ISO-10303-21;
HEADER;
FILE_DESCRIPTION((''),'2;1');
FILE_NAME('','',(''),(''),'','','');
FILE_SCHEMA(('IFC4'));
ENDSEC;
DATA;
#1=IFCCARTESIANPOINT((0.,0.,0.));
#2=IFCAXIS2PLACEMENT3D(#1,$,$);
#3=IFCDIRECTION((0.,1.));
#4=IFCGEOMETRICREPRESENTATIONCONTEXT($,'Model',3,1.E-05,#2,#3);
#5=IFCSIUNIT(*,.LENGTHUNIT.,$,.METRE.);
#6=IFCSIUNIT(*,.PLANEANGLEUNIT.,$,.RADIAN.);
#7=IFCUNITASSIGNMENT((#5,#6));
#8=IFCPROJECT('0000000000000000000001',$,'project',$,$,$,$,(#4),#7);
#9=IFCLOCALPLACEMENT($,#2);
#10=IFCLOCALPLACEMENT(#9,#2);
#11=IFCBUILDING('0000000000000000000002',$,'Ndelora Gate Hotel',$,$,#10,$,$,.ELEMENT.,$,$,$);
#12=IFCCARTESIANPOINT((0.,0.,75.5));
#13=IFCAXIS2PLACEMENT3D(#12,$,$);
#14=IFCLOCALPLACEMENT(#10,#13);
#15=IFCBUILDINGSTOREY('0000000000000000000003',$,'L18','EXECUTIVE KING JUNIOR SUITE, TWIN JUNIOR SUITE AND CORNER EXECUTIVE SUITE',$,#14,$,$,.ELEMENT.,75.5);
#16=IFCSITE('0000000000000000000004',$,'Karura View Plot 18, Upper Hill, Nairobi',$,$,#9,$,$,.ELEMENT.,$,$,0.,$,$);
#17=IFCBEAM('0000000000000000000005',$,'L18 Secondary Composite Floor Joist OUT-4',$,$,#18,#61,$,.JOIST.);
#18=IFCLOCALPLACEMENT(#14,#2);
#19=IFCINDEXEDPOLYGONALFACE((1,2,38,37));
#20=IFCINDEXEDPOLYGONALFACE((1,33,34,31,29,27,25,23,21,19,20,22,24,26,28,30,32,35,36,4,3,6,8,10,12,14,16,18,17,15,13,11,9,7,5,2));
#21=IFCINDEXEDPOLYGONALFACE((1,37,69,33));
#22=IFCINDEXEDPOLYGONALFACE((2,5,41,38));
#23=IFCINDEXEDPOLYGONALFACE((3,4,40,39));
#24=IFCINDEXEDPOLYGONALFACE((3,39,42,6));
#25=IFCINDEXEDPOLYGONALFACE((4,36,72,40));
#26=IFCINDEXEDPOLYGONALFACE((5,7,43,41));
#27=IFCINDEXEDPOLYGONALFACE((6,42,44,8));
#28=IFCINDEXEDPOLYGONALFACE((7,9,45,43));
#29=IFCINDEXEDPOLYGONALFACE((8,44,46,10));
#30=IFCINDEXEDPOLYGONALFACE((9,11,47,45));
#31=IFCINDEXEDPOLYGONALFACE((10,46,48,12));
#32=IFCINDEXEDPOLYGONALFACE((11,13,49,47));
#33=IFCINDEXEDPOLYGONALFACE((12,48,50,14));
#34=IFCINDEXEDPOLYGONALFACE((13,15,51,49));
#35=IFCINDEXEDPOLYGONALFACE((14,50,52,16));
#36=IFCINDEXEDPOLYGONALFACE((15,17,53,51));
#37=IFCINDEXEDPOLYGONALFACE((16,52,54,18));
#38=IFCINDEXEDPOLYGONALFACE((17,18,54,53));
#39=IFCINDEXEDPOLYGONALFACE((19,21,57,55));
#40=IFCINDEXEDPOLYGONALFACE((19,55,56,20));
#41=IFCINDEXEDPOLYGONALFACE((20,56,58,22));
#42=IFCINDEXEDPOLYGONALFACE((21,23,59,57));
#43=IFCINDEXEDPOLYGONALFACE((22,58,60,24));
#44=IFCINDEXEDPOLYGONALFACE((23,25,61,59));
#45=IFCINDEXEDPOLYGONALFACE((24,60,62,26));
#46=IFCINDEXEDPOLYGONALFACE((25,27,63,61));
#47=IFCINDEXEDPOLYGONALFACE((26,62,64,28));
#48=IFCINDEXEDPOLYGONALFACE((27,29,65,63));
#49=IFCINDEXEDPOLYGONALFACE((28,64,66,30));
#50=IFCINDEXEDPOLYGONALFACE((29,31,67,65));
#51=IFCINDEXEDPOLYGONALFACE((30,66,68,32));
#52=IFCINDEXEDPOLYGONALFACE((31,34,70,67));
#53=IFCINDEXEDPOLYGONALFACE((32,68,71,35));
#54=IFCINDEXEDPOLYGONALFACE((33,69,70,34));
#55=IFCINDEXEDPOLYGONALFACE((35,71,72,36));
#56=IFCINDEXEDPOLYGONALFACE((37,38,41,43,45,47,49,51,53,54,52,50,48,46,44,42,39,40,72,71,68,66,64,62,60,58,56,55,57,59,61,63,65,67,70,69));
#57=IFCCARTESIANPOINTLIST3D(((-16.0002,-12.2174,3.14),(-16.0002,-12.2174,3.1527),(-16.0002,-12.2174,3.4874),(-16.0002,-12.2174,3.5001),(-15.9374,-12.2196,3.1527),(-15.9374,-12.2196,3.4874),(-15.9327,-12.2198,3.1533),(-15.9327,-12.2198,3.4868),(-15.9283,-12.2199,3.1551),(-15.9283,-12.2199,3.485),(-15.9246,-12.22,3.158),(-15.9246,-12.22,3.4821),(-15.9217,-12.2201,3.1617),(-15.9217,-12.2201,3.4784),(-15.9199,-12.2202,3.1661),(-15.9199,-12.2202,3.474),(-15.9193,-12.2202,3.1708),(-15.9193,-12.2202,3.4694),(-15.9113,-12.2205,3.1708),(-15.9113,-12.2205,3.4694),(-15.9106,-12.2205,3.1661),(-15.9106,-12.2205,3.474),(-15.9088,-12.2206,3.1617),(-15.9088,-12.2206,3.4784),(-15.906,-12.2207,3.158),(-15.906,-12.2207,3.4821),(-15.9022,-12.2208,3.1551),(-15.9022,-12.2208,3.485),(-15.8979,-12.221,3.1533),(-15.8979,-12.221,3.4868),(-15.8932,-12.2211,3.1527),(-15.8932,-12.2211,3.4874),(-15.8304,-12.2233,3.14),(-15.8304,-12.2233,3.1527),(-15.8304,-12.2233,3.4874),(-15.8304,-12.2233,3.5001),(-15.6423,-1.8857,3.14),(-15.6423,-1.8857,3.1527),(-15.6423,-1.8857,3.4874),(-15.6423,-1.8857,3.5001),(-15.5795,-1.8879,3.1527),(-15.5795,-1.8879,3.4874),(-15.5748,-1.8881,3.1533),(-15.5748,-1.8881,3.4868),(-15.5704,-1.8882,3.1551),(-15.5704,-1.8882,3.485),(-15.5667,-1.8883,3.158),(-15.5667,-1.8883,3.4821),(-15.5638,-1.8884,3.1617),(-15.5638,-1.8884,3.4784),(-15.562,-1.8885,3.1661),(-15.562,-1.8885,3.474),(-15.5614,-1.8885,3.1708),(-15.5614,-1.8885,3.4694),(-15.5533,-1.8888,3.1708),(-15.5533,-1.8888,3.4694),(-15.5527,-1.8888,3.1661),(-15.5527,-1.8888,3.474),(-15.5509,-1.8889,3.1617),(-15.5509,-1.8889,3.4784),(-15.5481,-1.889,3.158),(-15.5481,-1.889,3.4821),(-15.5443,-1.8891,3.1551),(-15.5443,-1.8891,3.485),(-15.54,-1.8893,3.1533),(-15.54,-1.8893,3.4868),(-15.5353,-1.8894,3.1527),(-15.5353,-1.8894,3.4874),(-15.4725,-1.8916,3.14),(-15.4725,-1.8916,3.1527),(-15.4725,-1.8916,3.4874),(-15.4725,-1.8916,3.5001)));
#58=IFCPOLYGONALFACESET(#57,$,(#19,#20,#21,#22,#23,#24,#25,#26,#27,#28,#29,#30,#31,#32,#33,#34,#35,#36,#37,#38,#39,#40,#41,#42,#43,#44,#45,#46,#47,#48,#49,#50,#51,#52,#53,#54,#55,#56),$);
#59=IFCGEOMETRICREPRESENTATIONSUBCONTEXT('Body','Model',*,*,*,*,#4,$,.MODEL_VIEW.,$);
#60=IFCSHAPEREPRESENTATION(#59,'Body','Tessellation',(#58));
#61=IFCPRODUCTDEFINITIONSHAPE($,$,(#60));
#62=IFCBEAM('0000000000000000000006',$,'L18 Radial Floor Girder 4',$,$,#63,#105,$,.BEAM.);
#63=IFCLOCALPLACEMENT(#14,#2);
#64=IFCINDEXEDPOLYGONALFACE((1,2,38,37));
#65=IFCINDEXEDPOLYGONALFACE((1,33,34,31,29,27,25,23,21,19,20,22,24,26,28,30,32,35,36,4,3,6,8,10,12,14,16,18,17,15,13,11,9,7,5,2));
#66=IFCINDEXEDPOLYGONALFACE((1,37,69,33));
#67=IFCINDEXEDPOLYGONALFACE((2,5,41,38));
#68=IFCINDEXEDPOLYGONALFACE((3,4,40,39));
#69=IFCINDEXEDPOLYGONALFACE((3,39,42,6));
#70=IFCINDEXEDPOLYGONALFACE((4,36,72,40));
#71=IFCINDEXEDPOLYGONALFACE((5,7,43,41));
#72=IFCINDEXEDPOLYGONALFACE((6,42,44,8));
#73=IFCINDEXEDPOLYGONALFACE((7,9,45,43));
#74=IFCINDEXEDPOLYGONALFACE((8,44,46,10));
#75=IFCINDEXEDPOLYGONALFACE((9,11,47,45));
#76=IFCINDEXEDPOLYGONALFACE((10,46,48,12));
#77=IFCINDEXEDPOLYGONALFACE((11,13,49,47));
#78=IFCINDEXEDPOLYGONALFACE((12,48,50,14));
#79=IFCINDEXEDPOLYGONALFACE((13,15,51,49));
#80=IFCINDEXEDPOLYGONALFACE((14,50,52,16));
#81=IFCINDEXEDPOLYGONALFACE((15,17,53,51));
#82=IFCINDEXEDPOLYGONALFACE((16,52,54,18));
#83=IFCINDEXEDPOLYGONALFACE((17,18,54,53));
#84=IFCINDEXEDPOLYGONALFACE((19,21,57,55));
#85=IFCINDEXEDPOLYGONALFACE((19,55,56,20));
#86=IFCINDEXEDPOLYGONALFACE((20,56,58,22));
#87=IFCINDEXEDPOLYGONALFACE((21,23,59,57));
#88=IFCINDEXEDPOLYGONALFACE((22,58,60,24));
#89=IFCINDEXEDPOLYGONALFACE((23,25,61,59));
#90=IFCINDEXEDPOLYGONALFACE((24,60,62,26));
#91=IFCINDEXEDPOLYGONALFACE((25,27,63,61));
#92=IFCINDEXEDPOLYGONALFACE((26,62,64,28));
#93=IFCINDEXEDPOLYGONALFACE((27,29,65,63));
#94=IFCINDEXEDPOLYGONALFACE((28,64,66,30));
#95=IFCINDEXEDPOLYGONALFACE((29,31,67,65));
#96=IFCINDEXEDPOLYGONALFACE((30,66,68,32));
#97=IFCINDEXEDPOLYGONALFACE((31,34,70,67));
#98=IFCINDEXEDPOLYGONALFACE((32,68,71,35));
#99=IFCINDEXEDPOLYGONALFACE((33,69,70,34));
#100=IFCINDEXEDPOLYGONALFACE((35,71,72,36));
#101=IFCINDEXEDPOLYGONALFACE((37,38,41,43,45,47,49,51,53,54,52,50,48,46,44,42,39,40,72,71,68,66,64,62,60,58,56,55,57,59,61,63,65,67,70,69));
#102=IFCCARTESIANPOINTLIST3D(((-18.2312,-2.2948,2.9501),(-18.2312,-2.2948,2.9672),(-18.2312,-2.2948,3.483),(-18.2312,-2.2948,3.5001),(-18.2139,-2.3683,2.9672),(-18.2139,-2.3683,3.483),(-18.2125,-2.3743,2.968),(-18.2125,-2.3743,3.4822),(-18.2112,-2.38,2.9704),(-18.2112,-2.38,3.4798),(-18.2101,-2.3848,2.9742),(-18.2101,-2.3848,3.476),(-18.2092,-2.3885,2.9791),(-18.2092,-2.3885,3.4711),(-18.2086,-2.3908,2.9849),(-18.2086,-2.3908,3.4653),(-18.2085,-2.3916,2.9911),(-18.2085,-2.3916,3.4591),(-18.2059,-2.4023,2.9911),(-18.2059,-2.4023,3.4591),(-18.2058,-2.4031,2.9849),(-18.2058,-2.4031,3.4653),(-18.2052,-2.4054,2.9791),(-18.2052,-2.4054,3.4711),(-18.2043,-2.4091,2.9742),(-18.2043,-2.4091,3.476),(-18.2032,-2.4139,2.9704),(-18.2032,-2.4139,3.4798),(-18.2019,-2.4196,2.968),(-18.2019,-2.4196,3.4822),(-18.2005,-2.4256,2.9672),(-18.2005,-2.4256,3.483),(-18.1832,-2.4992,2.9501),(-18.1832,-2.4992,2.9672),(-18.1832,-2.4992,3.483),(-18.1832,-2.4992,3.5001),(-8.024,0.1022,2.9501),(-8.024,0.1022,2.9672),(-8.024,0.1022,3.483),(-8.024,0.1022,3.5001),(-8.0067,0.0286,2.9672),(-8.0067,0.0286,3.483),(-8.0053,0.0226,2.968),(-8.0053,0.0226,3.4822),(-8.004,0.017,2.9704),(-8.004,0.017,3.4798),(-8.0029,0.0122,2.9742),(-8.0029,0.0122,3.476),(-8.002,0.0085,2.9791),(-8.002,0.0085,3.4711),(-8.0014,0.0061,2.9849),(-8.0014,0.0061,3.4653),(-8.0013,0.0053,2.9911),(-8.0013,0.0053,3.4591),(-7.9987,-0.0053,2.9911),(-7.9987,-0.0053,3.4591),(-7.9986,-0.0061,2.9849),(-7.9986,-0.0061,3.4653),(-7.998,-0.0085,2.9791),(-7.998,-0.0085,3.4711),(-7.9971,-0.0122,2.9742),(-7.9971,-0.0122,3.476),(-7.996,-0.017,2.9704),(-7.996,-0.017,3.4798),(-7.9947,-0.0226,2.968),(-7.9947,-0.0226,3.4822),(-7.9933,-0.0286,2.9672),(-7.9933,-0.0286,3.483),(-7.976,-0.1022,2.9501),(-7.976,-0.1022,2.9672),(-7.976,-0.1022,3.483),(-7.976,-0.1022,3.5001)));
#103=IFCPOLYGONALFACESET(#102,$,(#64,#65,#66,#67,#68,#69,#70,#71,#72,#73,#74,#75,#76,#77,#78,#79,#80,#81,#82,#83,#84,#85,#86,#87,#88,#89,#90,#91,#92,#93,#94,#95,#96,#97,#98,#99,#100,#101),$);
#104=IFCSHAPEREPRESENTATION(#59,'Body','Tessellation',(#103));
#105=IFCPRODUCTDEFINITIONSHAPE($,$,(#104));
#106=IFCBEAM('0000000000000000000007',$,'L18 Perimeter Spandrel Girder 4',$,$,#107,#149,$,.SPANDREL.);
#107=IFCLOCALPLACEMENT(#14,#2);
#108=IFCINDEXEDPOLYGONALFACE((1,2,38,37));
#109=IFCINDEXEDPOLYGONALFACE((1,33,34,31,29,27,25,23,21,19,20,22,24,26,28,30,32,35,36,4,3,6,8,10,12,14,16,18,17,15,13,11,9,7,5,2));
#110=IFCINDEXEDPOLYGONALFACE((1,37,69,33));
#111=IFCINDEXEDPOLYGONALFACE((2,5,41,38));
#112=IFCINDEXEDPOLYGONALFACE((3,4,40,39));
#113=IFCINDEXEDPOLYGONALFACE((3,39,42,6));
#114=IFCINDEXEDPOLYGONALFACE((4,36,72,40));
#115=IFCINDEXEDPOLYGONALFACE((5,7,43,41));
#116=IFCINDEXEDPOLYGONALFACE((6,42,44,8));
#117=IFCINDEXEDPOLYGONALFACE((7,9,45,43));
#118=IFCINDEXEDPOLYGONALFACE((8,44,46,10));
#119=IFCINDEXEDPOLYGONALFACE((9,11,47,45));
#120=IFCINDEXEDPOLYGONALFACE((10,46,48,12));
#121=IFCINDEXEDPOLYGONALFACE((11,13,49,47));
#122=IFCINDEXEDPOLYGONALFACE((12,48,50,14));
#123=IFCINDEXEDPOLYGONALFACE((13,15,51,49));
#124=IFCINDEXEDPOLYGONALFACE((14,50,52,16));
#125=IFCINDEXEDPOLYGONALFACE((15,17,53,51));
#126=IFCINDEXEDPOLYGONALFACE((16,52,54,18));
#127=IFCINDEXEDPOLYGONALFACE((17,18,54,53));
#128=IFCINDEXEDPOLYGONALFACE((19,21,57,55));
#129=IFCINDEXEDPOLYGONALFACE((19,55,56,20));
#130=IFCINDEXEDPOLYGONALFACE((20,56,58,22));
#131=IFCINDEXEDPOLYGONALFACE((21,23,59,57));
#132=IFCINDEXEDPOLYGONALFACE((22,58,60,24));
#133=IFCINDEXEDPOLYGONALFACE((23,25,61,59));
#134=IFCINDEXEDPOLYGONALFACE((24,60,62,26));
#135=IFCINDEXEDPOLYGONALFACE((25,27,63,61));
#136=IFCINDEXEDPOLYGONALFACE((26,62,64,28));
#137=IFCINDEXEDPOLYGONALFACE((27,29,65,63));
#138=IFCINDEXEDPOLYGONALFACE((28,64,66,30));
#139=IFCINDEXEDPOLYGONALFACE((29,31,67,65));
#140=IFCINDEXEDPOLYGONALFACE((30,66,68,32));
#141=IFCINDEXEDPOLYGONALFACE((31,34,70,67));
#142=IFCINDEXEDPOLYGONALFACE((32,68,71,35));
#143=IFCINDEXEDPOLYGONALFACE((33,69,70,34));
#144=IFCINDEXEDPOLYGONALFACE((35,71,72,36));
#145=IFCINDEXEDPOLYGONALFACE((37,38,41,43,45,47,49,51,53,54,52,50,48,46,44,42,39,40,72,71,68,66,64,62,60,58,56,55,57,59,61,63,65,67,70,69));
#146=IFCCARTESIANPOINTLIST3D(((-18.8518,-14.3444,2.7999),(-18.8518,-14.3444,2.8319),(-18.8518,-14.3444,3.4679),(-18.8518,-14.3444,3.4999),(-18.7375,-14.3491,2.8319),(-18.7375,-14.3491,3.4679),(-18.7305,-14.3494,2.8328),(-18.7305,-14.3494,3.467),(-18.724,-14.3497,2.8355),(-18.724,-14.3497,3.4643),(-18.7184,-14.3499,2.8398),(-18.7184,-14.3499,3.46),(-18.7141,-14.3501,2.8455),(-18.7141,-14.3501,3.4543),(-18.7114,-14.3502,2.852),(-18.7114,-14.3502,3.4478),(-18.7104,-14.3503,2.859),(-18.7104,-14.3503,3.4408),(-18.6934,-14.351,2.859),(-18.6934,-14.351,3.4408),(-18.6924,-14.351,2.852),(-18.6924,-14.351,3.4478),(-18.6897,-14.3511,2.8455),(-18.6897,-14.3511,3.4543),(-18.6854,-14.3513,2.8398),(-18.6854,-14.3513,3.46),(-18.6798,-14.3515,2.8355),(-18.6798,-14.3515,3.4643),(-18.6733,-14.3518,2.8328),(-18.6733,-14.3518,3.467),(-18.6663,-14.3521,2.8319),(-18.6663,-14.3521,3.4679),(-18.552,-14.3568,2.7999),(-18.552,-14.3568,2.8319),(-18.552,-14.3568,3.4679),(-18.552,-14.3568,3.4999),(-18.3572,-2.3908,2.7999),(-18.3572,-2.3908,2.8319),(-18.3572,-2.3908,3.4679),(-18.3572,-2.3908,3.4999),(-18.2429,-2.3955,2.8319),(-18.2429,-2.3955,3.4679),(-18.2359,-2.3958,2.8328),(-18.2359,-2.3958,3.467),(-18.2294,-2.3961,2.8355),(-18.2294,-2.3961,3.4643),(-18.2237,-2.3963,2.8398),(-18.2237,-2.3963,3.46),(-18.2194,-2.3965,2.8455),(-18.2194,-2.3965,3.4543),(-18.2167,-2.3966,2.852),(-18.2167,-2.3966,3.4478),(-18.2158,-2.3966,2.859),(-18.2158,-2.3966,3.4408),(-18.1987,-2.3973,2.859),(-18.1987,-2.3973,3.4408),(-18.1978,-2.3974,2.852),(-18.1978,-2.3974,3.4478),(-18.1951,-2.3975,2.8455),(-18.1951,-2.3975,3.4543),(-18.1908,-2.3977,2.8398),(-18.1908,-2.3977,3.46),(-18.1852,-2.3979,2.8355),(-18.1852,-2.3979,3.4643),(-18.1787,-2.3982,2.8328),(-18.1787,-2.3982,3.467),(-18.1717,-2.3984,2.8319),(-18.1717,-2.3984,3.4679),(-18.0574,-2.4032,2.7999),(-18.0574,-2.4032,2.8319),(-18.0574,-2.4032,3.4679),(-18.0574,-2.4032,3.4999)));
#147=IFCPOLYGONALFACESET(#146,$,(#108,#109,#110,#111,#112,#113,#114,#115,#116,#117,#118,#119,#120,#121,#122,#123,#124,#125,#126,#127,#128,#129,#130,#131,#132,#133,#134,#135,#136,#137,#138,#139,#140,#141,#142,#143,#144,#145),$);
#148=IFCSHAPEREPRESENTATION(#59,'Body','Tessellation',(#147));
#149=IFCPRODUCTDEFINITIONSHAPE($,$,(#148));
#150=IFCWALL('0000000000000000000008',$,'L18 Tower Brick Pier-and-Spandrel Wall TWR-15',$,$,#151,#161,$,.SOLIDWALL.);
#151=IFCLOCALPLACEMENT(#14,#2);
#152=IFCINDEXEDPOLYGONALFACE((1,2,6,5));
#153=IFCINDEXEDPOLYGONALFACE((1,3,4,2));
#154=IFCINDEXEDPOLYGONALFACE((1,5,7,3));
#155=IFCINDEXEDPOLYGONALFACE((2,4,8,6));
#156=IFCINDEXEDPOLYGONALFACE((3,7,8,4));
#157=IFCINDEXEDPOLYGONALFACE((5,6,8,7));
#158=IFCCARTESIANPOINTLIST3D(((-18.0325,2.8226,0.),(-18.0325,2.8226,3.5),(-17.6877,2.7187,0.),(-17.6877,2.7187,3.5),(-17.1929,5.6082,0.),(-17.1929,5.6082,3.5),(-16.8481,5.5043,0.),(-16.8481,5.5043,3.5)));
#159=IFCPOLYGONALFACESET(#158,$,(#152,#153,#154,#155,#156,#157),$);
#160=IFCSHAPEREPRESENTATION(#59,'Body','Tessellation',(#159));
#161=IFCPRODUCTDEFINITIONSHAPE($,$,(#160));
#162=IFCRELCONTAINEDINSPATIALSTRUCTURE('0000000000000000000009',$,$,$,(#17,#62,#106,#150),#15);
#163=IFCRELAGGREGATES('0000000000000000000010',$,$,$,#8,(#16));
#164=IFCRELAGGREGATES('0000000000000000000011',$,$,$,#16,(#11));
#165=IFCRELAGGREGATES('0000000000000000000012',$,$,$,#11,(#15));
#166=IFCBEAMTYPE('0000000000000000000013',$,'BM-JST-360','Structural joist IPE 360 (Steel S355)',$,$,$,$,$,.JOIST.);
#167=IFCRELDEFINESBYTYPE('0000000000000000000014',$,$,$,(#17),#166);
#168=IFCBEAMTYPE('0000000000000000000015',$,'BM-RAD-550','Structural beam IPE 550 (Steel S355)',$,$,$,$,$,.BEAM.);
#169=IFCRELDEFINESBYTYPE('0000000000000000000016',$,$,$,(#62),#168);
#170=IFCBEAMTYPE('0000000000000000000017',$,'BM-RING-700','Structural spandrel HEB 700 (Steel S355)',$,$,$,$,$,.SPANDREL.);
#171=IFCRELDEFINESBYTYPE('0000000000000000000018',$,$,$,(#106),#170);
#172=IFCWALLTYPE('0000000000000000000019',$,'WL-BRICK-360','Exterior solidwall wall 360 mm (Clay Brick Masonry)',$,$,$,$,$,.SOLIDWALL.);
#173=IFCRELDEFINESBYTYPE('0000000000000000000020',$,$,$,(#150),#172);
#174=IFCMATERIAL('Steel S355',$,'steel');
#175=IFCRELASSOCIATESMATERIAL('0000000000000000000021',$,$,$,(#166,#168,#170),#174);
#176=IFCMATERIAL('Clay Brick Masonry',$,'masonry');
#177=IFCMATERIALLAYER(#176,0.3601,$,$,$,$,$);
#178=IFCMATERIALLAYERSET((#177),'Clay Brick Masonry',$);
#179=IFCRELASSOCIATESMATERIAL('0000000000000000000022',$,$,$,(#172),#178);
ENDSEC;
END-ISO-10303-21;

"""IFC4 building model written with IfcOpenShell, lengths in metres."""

from ifc_helpers import new_model, si_unit, direction, frame, frame_2d, origin, origin_2d, place, context, subcontext, project, spatial, rectangle, i_section, extrude, material, layer, layer_set, material_profile, profile_set, type_object, element, save


model = new_model("IFC4")

# Units and contexts
model_context = context("Model", 3, precision=1e-05, world=origin(), true_north=direction((0.0, 1.0)))
body_context = subcontext(model_context, "Body", "Model", "MODEL_VIEW")
ifc_project = project(units=[si_unit("LENGTHUNIT", "METRE"), si_unit("PLANEANGLEUNIT", "RADIAN")], contexts=[model_context])

# Site, building, storey
site_placement = place(None, origin())
site = spatial("IfcSite", under=ifc_project, at=site_placement, Name="Karura View Plot 18, Upper Hill, Nairobi", CompositionType="ELEMENT", RefElevation=0.0)
building_placement = place(site_placement, origin())
building = spatial("IfcBuilding", under=site, at=building_placement, Name="Ndelora Gate Hotel", CompositionType="ELEMENT")
storey_placement = place(building_placement, frame((0.0, 0.0, 75.5)))
storey = spatial("IfcBuildingStorey", under=building, at=storey_placement, Name="L18", Description="EXECUTIVE KING JUNIOR SUITE, TWIN JUNIOR SUITE AND CORNER EXECUTIVE SUITE", CompositionType="ELEMENT", Elevation=75.5)

# Beams
ifc_material_1 = material(Name="Steel S355", Category="steel")
ifc_material_profile_1 = material_profile(ifc_material_1, i_section(OverallWidth=0.1699, OverallDepth=0.3601, WebThickness=0.0081, FlangeThickness=0.0127, FilletRadius=0.0181, at=origin_2d()), Name="IPE 360")
ifc_profile_set_1 = profile_set([ifc_material_profile_1], Name="Steel S355")
beam_type_1 = type_object("IfcBeamType", Name="BM-JST-360", Description="Structural joist IPE 360 (Steel S355)", PredefinedType="JOIST", material=ifc_profile_set_1)
beam_1_placement = place(storey_placement, frame((-15.5574, -1.8887, 3.3201), z_axis=(-0.034621, -0.999401, 0.0), x_axis=(0.999401, -0.034621, 0.0)))
element("IfcBeam", 1, at=beam_1_placement, inside=storey, type_object=beam_type_1, Name="L18 Secondary Composite Floor Joist OUT-4", PredefinedType="JOIST", context=body_context, shape_type="SweptSolid", body=[
    extrude(i_section(OverallWidth=0.1699, OverallDepth=0.3601, WebThickness=0.0081, FlangeThickness=0.0127, FilletRadius=0.0181, at=origin_2d()), origin(), (0.0, 0.0, 1.0), 10.3379),
])
ifc_material_profile_2 = material_profile(ifc_material_1, i_section(OverallWidth=0.21, OverallDepth=0.55, WebThickness=0.011, FlangeThickness=0.0171, FilletRadius=0.0239, at=origin_2d()), Name="IPE 550")
ifc_profile_set_2 = profile_set([ifc_material_profile_2], Name="Steel S355")
beam_type_2 = type_object("IfcBeamType", Name="BM-RAD-550", Description="Structural beam IPE 550 (Steel S355)", PredefinedType="BEAM", material=ifc_profile_set_2)
beam_2_placement = place(storey_placement, frame((-8.0, 0.0, 3.2251), z_axis=(-0.973518, -0.228611, 0.0), x_axis=(0.228611, -0.973518, 0.0)))
element("IfcBeam", 2, at=beam_2_placement, inside=storey, type_object=beam_type_2, Name="L18 Radial Floor Girder 4", PredefinedType="BEAM", context=body_context, shape_type="SweptSolid", body=[
    extrude(i_section(OverallWidth=0.21, OverallDepth=0.55, WebThickness=0.011, FlangeThickness=0.0171, FilletRadius=0.0239, at=origin_2d()), origin(), (0.0, 0.0, 1.0), 10.4849),
])
ifc_material_profile_3 = material_profile(ifc_material_1, i_section(OverallWidth=0.3, OverallDepth=0.7, WebThickness=0.0171, FlangeThickness=0.032, FilletRadius=0.0271, at=origin_2d()), Name="HEB 700")
ifc_profile_set_3 = profile_set([ifc_material_profile_3], Name="Steel S355")
beam_type_3 = type_object("IfcBeamType", Name="BM-RING-700", Description="Structural spandrel HEB 700 (Steel S355)", PredefinedType="SPANDREL", material=ifc_profile_set_3)
beam_3_placement = place(storey_placement, frame((-18.2073, -2.397, 3.1499), z_axis=(-0.041344, -0.999145, 0.0), x_axis=(0.999145, -0.041344, 0.0)))
element("IfcBeam", 3, at=beam_3_placement, inside=storey, type_object=beam_type_3, Name="L18 Perimeter Spandrel Girder 4", PredefinedType="SPANDREL", context=body_context, shape_type="SweptSolid", body=[
    extrude(i_section(OverallWidth=0.3, OverallDepth=0.7, WebThickness=0.0171, FlangeThickness=0.032, FilletRadius=0.0271, at=origin_2d()), origin(), (0.0, 0.0, 1.0), 11.9639),
])

# Wall
ifc_material_2 = material(Name="Clay Brick Masonry", Category="masonry")
ifc_layer_1 = layer(ifc_material_2, 0.3601)
ifc_layer_set_1 = layer_set([ifc_layer_1], Name="Clay Brick Masonry")
wall_type_1 = type_object("IfcWallType", Name="WL-BRICK-360", Description="Exterior solidwall wall 360 mm (Clay Brick Masonry)", PredefinedType="SOLIDWALL", material=ifc_layer_set_1)
wall_1_placement = place(storey_placement, frame((-17.8601, 2.7708, 0.0), z_axis=(0.0, 0.0, 1.0), x_axis=(0.288579, 0.957456, 0.0)))
element("IfcWall", 4, at=wall_1_placement, inside=storey, type_object=wall_type_1, Name="L18 Tower Brick Pier-and-Spandrel Wall TWR-15", PredefinedType="SOLIDWALL", context=body_context, shape_type="SweptSolid", body=[
    extrude(rectangle(XDim=2.9094, YDim=0.3601, at=frame_2d((1.4546, 0.0))), origin(), (0.0, 0.0, 1.0), 3.5),
])

save(model, "model.ifc")
